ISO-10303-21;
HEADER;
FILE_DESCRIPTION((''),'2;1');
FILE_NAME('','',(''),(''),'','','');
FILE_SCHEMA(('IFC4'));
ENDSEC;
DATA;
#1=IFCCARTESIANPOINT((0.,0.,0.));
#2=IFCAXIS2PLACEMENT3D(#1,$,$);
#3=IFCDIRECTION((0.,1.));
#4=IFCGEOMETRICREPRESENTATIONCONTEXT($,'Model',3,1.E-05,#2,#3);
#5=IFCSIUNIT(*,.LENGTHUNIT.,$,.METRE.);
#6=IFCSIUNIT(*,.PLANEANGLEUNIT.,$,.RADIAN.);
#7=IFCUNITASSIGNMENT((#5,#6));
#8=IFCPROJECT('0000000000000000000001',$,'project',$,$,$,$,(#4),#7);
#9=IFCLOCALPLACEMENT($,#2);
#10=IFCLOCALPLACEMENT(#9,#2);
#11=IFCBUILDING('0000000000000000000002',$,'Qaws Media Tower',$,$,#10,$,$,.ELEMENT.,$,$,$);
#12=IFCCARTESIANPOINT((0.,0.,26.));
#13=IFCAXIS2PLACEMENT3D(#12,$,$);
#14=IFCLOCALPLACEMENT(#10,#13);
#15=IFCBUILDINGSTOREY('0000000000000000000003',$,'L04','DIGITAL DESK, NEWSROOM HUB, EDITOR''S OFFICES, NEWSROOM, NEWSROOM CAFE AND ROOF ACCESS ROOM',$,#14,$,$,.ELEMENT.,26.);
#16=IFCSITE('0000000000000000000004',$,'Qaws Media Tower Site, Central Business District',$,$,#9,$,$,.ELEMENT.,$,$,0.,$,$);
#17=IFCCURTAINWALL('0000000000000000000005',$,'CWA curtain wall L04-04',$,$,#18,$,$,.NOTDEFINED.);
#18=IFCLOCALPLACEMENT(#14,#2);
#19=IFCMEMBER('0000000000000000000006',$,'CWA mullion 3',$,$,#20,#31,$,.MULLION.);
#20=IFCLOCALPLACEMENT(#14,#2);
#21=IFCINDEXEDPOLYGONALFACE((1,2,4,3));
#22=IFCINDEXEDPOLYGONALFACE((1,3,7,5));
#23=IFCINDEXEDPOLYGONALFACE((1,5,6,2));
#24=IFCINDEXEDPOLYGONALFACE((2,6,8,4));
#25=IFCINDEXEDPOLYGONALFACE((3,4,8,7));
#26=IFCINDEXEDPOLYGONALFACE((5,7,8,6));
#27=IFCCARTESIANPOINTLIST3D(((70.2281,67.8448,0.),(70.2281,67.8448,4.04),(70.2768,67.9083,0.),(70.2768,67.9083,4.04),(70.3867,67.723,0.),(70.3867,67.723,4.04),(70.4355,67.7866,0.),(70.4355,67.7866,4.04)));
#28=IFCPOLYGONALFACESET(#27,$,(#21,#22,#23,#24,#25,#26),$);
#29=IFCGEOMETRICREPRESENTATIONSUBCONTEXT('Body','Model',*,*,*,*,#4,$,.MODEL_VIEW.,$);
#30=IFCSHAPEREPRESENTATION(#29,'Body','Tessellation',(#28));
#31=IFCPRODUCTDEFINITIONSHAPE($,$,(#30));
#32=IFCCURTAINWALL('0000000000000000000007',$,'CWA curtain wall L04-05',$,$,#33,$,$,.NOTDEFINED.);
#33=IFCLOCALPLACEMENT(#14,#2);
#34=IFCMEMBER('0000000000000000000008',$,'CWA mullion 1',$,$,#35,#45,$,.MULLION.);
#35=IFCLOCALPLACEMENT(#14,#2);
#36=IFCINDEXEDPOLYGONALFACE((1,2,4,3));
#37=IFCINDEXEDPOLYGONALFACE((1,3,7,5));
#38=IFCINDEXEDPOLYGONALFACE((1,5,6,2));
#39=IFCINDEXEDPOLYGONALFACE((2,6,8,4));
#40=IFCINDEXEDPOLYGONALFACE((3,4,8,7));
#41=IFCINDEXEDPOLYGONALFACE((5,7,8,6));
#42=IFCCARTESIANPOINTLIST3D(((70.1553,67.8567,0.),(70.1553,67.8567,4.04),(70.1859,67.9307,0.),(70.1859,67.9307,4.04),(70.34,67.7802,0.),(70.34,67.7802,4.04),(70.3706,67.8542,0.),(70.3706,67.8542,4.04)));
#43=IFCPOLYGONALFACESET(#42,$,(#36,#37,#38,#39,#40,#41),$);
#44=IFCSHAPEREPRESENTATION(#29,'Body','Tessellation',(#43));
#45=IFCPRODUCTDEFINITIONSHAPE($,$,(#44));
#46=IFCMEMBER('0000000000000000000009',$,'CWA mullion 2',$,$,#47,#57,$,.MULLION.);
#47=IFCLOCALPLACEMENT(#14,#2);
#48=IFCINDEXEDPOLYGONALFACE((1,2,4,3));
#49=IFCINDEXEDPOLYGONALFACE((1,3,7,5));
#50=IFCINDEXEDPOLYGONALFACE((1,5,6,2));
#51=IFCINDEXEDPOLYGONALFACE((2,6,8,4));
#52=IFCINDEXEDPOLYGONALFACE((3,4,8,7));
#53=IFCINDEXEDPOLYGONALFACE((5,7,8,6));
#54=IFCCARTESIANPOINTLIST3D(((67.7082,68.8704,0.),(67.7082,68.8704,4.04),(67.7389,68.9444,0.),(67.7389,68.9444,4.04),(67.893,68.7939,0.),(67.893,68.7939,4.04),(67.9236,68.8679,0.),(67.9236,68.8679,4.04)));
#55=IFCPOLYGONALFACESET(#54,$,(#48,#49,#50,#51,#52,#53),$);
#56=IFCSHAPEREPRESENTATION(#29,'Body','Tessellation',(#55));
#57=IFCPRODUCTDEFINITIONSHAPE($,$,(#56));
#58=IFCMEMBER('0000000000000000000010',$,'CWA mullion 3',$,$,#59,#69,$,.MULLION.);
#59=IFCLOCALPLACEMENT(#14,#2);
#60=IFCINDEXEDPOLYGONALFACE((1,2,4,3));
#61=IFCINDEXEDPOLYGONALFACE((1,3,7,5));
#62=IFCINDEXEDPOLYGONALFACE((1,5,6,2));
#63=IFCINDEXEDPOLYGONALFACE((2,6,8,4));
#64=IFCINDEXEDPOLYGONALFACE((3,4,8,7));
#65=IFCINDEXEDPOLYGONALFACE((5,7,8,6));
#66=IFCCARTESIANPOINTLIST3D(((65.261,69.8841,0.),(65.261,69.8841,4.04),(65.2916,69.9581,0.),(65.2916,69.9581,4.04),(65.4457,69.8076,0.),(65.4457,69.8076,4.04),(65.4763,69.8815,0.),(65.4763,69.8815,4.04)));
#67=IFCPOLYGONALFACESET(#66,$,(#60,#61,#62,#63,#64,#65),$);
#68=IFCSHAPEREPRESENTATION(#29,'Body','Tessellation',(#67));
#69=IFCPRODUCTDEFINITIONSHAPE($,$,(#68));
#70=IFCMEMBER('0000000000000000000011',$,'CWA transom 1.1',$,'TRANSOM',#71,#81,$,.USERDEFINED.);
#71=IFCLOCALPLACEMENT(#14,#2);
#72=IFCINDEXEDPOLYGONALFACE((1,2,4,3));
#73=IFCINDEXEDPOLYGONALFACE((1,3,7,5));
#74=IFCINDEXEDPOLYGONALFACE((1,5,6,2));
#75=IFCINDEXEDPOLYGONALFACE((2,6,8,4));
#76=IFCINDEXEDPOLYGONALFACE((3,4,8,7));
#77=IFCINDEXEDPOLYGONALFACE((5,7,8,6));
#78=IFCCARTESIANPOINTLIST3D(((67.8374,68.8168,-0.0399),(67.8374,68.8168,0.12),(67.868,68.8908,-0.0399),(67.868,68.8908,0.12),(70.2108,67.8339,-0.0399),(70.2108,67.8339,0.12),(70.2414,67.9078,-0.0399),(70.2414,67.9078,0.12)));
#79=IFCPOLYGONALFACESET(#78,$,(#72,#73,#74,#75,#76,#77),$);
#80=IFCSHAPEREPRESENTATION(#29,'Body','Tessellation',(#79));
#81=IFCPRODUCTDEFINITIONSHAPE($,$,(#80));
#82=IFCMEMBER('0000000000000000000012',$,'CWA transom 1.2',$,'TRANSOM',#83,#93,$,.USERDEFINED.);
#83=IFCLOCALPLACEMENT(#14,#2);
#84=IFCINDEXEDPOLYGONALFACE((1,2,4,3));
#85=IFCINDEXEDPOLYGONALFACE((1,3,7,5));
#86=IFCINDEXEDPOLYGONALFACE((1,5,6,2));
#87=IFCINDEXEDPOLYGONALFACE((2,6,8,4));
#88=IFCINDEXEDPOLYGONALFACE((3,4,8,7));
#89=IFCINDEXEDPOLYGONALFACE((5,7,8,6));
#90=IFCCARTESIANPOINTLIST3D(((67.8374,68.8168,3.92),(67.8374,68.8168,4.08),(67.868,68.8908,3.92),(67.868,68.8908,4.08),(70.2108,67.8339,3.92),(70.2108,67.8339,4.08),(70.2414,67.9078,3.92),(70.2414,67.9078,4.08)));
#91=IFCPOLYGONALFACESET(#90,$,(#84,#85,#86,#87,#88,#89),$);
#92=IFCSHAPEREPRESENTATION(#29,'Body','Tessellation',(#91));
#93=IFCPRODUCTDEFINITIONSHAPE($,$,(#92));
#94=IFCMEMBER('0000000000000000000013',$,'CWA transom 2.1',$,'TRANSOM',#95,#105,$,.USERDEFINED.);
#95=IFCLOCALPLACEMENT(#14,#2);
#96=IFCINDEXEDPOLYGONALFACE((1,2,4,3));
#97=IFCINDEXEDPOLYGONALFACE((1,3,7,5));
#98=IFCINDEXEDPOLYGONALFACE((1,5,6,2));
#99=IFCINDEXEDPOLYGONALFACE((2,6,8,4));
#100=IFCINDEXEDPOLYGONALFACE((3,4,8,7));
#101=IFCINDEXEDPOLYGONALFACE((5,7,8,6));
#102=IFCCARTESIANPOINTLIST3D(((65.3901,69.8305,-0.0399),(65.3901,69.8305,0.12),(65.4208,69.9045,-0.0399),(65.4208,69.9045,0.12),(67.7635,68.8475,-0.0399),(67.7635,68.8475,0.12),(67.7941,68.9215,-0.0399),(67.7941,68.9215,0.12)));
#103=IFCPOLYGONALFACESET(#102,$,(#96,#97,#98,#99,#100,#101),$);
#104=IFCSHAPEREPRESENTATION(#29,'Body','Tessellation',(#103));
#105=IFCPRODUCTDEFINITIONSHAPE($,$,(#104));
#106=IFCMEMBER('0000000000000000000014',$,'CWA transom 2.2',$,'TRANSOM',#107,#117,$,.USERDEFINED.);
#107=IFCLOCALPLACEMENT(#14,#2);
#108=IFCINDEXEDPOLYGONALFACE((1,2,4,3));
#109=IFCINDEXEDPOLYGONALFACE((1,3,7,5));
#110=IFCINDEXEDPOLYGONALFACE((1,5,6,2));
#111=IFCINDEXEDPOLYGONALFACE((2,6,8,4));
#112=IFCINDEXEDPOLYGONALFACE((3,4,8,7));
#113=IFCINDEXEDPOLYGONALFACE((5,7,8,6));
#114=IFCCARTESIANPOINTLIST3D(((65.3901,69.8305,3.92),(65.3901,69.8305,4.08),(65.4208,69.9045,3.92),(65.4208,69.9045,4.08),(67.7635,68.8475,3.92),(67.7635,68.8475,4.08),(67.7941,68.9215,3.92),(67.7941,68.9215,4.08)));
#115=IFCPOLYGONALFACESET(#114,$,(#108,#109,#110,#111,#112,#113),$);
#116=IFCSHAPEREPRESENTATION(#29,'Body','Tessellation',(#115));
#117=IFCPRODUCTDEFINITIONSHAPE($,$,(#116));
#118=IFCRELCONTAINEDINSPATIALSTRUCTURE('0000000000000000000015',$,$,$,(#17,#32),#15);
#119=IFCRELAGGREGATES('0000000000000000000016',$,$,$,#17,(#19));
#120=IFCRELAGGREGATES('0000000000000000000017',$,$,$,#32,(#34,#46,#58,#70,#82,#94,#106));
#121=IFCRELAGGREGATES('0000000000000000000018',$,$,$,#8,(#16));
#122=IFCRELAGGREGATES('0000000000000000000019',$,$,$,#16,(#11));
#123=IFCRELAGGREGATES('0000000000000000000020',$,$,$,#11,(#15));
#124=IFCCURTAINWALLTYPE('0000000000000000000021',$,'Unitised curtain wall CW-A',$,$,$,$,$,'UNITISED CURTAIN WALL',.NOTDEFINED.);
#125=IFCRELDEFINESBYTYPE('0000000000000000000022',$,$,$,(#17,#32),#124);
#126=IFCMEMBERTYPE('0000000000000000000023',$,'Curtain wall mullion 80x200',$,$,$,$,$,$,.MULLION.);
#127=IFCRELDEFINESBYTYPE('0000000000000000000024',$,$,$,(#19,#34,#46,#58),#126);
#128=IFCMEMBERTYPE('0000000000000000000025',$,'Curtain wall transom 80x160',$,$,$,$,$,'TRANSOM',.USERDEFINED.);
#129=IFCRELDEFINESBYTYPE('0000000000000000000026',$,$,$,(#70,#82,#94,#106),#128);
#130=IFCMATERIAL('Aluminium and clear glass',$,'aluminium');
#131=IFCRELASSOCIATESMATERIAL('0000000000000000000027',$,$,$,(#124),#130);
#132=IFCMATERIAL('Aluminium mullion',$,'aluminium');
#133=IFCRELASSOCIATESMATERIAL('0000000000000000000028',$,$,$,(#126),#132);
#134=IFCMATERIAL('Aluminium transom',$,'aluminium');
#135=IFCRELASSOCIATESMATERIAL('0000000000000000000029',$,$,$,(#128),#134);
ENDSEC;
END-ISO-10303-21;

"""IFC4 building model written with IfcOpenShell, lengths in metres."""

from ifc_helpers import new_model, si_unit, direction, frame, origin, origin_2d, place, context, subcontext, project, spatial, rectangle, extrude, material, material_profile, profile_set, type_object, element, aggregate, save


model = new_model("IFC4")

# Units and contexts
model_context = context("Model", 3, precision=1e-05, world=origin(), true_north=direction((0.0, 1.0)))
body_context = subcontext(model_context, "Body", "Model", "MODEL_VIEW")
ifc_project = project(units=[si_unit("LENGTHUNIT", "METRE"), si_unit("PLANEANGLEUNIT", "RADIAN")], contexts=[model_context])

# Site, building, storey
site_placement = place(None, origin())
site = spatial("IfcSite", under=ifc_project, at=site_placement, Name="Qaws Media Tower Site, Central Business District", CompositionType="ELEMENT", RefElevation=0.0)
building_placement = place(site_placement, origin())
building = spatial("IfcBuilding", under=site, at=building_placement, Name="Qaws Media Tower", CompositionType="ELEMENT")
storey_placement = place(building_placement, frame((0.0, 0.0, 26.0)))
storey = spatial("IfcBuildingStorey", under=building, at=storey_placement, Name="L04", Description="DIGITAL DESK, NEWSROOM HUB, EDITOR'S OFFICES, NEWSROOM, NEWSROOM CAFE AND ROOF ACCESS ROOM", CompositionType="ELEMENT", Elevation=26.0)

# Curtain wall, member
ifc_material_1 = material(Name="Aluminium and clear glass", Category="aluminium")
curtain_wall_type = type_object("IfcCurtainWallType", Name="Unitised curtain wall CW-A", ElementType="UNITISED CURTAIN WALL", PredefinedType="NOTDEFINED", material=ifc_material_1)
curtain_wall_1_placement = place(storey_placement, origin())
curtain_wall_1 = element("IfcCurtainWall", 1, at=curtain_wall_1_placement, inside=storey, type_object=curtain_wall_type, Name="CWA curtain wall L04-04", PredefinedType="NOTDEFINED")
ifc_material_2 = material(Name="Aluminium mullion", Category="aluminium")
ifc_material_profile_1 = material_profile(ifc_material_2, rectangle(XDim=0.0801, YDim=0.2, at=origin_2d()), Name="80x200")
ifc_profile_set_1 = profile_set([ifc_material_profile_1], Name="Aluminium mullion")
member_type_1 = type_object("IfcMemberType", Name="Curtain wall mullion 80x200", PredefinedType="MULLION", material=ifc_profile_set_1)
member_1_placement = place(storey_placement, frame((70.3318, 67.8157, 0.0), z_axis=(0.0, 0.0, 1.0), x_axis=(-0.608761, -0.793353, 0.0)))
member_1 = element("IfcMember", 2, at=member_1_placement, type_object=member_type_1, Name="CWA mullion 3", PredefinedType="MULLION", context=body_context, shape_type="SweptSolid", body=[
    extrude(rectangle(XDim=0.0801, YDim=0.2, at=origin_2d()), origin(), (0.0, 0.0, 1.0), 4.04),
])

# Curtain wall, members
curtain_wall_2_placement = place(storey_placement, origin())
curtain_wall_2 = element("IfcCurtainWall", 3, at=curtain_wall_2_placement, inside=storey, type_object=curtain_wall_type, Name="CWA curtain wall L04-05", PredefinedType="NOTDEFINED")
member_2_placement = place(storey_placement, frame((70.2629, 67.8555, 0.0), z_axis=(0.0, 0.0, 1.0), x_axis=(-0.382683, -0.92388, 0.0)))
member_2 = element("IfcMember", 4, at=member_2_placement, type_object=member_type_1, Name="CWA mullion 1", PredefinedType="MULLION", context=body_context, shape_type="SweptSolid", body=[
    extrude(rectangle(XDim=0.0801, YDim=0.2, at=origin_2d()), origin(), (0.0, 0.0, 1.0), 4.04),
])
member_3_placement = place(storey_placement, frame((67.8159, 68.8691, 0.0), z_axis=(0.0, 0.0, 1.0), x_axis=(-0.382683, -0.92388, 0.0)))
member_3 = element("IfcMember", 5, at=member_3_placement, type_object=member_type_1, Name="CWA mullion 2", PredefinedType="MULLION", context=body_context, shape_type="SweptSolid", body=[
    extrude(rectangle(XDim=0.0801, YDim=0.2, at=origin_2d()), origin(), (0.0, 0.0, 1.0), 4.04),
])
member_4_placement = place(storey_placement, frame((65.3687, 69.8828, 0.0), z_axis=(0.0, 0.0, 1.0), x_axis=(-0.382683, -0.92388, 0.0)))
member_4 = element("IfcMember", 6, at=member_4_placement, type_object=member_type_1, Name="CWA mullion 3", PredefinedType="MULLION", context=body_context, shape_type="SweptSolid", body=[
    extrude(rectangle(XDim=0.0801, YDim=0.2, at=origin_2d()), origin(), (0.0, 0.0, 1.0), 4.04),
])
ifc_material_3 = material(Name="Aluminium transom", Category="aluminium")
ifc_material_profile_2 = material_profile(ifc_material_3, rectangle(XDim=0.0801, YDim=0.1599, at=origin_2d()), Name="80x160")
ifc_profile_set_2 = profile_set([ifc_material_profile_2], Name="Aluminium transom")
member_type_2 = type_object("IfcMemberType", Name="Curtain wall transom 80x160", ElementType="TRANSOM", PredefinedType="USERDEFINED", material=ifc_profile_set_2)
member_5_placement = place(storey_placement, frame((70.2261, 67.8708, 0.04), z_axis=(-0.923899, 0.382637, 0.0), x_axis=(-0.382637, -0.923899, 0.0)))
member_5 = element("IfcMember", 7, at=member_5_placement, type_object=member_type_2, Name="CWA transom 1.1", ObjectType="TRANSOM", PredefinedType="USERDEFINED", context=body_context, shape_type="SweptSolid", body=[
    extrude(rectangle(XDim=0.0801, YDim=0.1599, at=origin_2d()), origin(), (0.0, 0.0, 1.0), 2.5688),
])
member_6_placement = place(storey_placement, frame((70.2261, 67.8708, 4.0), z_axis=(-0.923899, 0.382637, 0.0), x_axis=(-0.382637, -0.923899, 0.0)))
member_6 = element("IfcMember", 8, at=member_6_placement, type_object=member_type_2, Name="CWA transom 1.2", ObjectType="TRANSOM", PredefinedType="USERDEFINED", context=body_context, shape_type="SweptSolid", body=[
    extrude(rectangle(XDim=0.0801, YDim=0.1599, at=origin_2d()), origin(), (0.0, 0.0, 1.0), 2.5688),
])
member_7_placement = place(storey_placement, frame((67.7788, 68.8845, 0.04), z_axis=(-0.923899, 0.382637, 0.0), x_axis=(-0.382637, -0.923899, 0.0)))
member_7 = element("IfcMember", 9, at=member_7_placement, type_object=member_type_2, Name="CWA transom 2.1", ObjectType="TRANSOM", PredefinedType="USERDEFINED", context=body_context, shape_type="SweptSolid", body=[
    extrude(rectangle(XDim=0.0801, YDim=0.1599, at=origin_2d()), origin(), (0.0, 0.0, 1.0), 2.5688),
])
member_8_placement = place(storey_placement, frame((67.7788, 68.8845, 4.0), z_axis=(-0.923899, 0.382637, 0.0), x_axis=(-0.382637, -0.923899, 0.0)))
member_8 = element("IfcMember", 10, at=member_8_placement, type_object=member_type_2, Name="CWA transom 2.2", ObjectType="TRANSOM", PredefinedType="USERDEFINED", context=body_context, shape_type="SweptSolid", body=[
    extrude(rectangle(XDim=0.0801, YDim=0.1599, at=origin_2d()), origin(), (0.0, 0.0, 1.0), 2.5688),
])

aggregate(curtain_wall_1, [member_1])
aggregate(curtain_wall_2, [member_2, member_3, member_4, member_5, member_6, member_7, member_8])

save(model, "model.ifc")
